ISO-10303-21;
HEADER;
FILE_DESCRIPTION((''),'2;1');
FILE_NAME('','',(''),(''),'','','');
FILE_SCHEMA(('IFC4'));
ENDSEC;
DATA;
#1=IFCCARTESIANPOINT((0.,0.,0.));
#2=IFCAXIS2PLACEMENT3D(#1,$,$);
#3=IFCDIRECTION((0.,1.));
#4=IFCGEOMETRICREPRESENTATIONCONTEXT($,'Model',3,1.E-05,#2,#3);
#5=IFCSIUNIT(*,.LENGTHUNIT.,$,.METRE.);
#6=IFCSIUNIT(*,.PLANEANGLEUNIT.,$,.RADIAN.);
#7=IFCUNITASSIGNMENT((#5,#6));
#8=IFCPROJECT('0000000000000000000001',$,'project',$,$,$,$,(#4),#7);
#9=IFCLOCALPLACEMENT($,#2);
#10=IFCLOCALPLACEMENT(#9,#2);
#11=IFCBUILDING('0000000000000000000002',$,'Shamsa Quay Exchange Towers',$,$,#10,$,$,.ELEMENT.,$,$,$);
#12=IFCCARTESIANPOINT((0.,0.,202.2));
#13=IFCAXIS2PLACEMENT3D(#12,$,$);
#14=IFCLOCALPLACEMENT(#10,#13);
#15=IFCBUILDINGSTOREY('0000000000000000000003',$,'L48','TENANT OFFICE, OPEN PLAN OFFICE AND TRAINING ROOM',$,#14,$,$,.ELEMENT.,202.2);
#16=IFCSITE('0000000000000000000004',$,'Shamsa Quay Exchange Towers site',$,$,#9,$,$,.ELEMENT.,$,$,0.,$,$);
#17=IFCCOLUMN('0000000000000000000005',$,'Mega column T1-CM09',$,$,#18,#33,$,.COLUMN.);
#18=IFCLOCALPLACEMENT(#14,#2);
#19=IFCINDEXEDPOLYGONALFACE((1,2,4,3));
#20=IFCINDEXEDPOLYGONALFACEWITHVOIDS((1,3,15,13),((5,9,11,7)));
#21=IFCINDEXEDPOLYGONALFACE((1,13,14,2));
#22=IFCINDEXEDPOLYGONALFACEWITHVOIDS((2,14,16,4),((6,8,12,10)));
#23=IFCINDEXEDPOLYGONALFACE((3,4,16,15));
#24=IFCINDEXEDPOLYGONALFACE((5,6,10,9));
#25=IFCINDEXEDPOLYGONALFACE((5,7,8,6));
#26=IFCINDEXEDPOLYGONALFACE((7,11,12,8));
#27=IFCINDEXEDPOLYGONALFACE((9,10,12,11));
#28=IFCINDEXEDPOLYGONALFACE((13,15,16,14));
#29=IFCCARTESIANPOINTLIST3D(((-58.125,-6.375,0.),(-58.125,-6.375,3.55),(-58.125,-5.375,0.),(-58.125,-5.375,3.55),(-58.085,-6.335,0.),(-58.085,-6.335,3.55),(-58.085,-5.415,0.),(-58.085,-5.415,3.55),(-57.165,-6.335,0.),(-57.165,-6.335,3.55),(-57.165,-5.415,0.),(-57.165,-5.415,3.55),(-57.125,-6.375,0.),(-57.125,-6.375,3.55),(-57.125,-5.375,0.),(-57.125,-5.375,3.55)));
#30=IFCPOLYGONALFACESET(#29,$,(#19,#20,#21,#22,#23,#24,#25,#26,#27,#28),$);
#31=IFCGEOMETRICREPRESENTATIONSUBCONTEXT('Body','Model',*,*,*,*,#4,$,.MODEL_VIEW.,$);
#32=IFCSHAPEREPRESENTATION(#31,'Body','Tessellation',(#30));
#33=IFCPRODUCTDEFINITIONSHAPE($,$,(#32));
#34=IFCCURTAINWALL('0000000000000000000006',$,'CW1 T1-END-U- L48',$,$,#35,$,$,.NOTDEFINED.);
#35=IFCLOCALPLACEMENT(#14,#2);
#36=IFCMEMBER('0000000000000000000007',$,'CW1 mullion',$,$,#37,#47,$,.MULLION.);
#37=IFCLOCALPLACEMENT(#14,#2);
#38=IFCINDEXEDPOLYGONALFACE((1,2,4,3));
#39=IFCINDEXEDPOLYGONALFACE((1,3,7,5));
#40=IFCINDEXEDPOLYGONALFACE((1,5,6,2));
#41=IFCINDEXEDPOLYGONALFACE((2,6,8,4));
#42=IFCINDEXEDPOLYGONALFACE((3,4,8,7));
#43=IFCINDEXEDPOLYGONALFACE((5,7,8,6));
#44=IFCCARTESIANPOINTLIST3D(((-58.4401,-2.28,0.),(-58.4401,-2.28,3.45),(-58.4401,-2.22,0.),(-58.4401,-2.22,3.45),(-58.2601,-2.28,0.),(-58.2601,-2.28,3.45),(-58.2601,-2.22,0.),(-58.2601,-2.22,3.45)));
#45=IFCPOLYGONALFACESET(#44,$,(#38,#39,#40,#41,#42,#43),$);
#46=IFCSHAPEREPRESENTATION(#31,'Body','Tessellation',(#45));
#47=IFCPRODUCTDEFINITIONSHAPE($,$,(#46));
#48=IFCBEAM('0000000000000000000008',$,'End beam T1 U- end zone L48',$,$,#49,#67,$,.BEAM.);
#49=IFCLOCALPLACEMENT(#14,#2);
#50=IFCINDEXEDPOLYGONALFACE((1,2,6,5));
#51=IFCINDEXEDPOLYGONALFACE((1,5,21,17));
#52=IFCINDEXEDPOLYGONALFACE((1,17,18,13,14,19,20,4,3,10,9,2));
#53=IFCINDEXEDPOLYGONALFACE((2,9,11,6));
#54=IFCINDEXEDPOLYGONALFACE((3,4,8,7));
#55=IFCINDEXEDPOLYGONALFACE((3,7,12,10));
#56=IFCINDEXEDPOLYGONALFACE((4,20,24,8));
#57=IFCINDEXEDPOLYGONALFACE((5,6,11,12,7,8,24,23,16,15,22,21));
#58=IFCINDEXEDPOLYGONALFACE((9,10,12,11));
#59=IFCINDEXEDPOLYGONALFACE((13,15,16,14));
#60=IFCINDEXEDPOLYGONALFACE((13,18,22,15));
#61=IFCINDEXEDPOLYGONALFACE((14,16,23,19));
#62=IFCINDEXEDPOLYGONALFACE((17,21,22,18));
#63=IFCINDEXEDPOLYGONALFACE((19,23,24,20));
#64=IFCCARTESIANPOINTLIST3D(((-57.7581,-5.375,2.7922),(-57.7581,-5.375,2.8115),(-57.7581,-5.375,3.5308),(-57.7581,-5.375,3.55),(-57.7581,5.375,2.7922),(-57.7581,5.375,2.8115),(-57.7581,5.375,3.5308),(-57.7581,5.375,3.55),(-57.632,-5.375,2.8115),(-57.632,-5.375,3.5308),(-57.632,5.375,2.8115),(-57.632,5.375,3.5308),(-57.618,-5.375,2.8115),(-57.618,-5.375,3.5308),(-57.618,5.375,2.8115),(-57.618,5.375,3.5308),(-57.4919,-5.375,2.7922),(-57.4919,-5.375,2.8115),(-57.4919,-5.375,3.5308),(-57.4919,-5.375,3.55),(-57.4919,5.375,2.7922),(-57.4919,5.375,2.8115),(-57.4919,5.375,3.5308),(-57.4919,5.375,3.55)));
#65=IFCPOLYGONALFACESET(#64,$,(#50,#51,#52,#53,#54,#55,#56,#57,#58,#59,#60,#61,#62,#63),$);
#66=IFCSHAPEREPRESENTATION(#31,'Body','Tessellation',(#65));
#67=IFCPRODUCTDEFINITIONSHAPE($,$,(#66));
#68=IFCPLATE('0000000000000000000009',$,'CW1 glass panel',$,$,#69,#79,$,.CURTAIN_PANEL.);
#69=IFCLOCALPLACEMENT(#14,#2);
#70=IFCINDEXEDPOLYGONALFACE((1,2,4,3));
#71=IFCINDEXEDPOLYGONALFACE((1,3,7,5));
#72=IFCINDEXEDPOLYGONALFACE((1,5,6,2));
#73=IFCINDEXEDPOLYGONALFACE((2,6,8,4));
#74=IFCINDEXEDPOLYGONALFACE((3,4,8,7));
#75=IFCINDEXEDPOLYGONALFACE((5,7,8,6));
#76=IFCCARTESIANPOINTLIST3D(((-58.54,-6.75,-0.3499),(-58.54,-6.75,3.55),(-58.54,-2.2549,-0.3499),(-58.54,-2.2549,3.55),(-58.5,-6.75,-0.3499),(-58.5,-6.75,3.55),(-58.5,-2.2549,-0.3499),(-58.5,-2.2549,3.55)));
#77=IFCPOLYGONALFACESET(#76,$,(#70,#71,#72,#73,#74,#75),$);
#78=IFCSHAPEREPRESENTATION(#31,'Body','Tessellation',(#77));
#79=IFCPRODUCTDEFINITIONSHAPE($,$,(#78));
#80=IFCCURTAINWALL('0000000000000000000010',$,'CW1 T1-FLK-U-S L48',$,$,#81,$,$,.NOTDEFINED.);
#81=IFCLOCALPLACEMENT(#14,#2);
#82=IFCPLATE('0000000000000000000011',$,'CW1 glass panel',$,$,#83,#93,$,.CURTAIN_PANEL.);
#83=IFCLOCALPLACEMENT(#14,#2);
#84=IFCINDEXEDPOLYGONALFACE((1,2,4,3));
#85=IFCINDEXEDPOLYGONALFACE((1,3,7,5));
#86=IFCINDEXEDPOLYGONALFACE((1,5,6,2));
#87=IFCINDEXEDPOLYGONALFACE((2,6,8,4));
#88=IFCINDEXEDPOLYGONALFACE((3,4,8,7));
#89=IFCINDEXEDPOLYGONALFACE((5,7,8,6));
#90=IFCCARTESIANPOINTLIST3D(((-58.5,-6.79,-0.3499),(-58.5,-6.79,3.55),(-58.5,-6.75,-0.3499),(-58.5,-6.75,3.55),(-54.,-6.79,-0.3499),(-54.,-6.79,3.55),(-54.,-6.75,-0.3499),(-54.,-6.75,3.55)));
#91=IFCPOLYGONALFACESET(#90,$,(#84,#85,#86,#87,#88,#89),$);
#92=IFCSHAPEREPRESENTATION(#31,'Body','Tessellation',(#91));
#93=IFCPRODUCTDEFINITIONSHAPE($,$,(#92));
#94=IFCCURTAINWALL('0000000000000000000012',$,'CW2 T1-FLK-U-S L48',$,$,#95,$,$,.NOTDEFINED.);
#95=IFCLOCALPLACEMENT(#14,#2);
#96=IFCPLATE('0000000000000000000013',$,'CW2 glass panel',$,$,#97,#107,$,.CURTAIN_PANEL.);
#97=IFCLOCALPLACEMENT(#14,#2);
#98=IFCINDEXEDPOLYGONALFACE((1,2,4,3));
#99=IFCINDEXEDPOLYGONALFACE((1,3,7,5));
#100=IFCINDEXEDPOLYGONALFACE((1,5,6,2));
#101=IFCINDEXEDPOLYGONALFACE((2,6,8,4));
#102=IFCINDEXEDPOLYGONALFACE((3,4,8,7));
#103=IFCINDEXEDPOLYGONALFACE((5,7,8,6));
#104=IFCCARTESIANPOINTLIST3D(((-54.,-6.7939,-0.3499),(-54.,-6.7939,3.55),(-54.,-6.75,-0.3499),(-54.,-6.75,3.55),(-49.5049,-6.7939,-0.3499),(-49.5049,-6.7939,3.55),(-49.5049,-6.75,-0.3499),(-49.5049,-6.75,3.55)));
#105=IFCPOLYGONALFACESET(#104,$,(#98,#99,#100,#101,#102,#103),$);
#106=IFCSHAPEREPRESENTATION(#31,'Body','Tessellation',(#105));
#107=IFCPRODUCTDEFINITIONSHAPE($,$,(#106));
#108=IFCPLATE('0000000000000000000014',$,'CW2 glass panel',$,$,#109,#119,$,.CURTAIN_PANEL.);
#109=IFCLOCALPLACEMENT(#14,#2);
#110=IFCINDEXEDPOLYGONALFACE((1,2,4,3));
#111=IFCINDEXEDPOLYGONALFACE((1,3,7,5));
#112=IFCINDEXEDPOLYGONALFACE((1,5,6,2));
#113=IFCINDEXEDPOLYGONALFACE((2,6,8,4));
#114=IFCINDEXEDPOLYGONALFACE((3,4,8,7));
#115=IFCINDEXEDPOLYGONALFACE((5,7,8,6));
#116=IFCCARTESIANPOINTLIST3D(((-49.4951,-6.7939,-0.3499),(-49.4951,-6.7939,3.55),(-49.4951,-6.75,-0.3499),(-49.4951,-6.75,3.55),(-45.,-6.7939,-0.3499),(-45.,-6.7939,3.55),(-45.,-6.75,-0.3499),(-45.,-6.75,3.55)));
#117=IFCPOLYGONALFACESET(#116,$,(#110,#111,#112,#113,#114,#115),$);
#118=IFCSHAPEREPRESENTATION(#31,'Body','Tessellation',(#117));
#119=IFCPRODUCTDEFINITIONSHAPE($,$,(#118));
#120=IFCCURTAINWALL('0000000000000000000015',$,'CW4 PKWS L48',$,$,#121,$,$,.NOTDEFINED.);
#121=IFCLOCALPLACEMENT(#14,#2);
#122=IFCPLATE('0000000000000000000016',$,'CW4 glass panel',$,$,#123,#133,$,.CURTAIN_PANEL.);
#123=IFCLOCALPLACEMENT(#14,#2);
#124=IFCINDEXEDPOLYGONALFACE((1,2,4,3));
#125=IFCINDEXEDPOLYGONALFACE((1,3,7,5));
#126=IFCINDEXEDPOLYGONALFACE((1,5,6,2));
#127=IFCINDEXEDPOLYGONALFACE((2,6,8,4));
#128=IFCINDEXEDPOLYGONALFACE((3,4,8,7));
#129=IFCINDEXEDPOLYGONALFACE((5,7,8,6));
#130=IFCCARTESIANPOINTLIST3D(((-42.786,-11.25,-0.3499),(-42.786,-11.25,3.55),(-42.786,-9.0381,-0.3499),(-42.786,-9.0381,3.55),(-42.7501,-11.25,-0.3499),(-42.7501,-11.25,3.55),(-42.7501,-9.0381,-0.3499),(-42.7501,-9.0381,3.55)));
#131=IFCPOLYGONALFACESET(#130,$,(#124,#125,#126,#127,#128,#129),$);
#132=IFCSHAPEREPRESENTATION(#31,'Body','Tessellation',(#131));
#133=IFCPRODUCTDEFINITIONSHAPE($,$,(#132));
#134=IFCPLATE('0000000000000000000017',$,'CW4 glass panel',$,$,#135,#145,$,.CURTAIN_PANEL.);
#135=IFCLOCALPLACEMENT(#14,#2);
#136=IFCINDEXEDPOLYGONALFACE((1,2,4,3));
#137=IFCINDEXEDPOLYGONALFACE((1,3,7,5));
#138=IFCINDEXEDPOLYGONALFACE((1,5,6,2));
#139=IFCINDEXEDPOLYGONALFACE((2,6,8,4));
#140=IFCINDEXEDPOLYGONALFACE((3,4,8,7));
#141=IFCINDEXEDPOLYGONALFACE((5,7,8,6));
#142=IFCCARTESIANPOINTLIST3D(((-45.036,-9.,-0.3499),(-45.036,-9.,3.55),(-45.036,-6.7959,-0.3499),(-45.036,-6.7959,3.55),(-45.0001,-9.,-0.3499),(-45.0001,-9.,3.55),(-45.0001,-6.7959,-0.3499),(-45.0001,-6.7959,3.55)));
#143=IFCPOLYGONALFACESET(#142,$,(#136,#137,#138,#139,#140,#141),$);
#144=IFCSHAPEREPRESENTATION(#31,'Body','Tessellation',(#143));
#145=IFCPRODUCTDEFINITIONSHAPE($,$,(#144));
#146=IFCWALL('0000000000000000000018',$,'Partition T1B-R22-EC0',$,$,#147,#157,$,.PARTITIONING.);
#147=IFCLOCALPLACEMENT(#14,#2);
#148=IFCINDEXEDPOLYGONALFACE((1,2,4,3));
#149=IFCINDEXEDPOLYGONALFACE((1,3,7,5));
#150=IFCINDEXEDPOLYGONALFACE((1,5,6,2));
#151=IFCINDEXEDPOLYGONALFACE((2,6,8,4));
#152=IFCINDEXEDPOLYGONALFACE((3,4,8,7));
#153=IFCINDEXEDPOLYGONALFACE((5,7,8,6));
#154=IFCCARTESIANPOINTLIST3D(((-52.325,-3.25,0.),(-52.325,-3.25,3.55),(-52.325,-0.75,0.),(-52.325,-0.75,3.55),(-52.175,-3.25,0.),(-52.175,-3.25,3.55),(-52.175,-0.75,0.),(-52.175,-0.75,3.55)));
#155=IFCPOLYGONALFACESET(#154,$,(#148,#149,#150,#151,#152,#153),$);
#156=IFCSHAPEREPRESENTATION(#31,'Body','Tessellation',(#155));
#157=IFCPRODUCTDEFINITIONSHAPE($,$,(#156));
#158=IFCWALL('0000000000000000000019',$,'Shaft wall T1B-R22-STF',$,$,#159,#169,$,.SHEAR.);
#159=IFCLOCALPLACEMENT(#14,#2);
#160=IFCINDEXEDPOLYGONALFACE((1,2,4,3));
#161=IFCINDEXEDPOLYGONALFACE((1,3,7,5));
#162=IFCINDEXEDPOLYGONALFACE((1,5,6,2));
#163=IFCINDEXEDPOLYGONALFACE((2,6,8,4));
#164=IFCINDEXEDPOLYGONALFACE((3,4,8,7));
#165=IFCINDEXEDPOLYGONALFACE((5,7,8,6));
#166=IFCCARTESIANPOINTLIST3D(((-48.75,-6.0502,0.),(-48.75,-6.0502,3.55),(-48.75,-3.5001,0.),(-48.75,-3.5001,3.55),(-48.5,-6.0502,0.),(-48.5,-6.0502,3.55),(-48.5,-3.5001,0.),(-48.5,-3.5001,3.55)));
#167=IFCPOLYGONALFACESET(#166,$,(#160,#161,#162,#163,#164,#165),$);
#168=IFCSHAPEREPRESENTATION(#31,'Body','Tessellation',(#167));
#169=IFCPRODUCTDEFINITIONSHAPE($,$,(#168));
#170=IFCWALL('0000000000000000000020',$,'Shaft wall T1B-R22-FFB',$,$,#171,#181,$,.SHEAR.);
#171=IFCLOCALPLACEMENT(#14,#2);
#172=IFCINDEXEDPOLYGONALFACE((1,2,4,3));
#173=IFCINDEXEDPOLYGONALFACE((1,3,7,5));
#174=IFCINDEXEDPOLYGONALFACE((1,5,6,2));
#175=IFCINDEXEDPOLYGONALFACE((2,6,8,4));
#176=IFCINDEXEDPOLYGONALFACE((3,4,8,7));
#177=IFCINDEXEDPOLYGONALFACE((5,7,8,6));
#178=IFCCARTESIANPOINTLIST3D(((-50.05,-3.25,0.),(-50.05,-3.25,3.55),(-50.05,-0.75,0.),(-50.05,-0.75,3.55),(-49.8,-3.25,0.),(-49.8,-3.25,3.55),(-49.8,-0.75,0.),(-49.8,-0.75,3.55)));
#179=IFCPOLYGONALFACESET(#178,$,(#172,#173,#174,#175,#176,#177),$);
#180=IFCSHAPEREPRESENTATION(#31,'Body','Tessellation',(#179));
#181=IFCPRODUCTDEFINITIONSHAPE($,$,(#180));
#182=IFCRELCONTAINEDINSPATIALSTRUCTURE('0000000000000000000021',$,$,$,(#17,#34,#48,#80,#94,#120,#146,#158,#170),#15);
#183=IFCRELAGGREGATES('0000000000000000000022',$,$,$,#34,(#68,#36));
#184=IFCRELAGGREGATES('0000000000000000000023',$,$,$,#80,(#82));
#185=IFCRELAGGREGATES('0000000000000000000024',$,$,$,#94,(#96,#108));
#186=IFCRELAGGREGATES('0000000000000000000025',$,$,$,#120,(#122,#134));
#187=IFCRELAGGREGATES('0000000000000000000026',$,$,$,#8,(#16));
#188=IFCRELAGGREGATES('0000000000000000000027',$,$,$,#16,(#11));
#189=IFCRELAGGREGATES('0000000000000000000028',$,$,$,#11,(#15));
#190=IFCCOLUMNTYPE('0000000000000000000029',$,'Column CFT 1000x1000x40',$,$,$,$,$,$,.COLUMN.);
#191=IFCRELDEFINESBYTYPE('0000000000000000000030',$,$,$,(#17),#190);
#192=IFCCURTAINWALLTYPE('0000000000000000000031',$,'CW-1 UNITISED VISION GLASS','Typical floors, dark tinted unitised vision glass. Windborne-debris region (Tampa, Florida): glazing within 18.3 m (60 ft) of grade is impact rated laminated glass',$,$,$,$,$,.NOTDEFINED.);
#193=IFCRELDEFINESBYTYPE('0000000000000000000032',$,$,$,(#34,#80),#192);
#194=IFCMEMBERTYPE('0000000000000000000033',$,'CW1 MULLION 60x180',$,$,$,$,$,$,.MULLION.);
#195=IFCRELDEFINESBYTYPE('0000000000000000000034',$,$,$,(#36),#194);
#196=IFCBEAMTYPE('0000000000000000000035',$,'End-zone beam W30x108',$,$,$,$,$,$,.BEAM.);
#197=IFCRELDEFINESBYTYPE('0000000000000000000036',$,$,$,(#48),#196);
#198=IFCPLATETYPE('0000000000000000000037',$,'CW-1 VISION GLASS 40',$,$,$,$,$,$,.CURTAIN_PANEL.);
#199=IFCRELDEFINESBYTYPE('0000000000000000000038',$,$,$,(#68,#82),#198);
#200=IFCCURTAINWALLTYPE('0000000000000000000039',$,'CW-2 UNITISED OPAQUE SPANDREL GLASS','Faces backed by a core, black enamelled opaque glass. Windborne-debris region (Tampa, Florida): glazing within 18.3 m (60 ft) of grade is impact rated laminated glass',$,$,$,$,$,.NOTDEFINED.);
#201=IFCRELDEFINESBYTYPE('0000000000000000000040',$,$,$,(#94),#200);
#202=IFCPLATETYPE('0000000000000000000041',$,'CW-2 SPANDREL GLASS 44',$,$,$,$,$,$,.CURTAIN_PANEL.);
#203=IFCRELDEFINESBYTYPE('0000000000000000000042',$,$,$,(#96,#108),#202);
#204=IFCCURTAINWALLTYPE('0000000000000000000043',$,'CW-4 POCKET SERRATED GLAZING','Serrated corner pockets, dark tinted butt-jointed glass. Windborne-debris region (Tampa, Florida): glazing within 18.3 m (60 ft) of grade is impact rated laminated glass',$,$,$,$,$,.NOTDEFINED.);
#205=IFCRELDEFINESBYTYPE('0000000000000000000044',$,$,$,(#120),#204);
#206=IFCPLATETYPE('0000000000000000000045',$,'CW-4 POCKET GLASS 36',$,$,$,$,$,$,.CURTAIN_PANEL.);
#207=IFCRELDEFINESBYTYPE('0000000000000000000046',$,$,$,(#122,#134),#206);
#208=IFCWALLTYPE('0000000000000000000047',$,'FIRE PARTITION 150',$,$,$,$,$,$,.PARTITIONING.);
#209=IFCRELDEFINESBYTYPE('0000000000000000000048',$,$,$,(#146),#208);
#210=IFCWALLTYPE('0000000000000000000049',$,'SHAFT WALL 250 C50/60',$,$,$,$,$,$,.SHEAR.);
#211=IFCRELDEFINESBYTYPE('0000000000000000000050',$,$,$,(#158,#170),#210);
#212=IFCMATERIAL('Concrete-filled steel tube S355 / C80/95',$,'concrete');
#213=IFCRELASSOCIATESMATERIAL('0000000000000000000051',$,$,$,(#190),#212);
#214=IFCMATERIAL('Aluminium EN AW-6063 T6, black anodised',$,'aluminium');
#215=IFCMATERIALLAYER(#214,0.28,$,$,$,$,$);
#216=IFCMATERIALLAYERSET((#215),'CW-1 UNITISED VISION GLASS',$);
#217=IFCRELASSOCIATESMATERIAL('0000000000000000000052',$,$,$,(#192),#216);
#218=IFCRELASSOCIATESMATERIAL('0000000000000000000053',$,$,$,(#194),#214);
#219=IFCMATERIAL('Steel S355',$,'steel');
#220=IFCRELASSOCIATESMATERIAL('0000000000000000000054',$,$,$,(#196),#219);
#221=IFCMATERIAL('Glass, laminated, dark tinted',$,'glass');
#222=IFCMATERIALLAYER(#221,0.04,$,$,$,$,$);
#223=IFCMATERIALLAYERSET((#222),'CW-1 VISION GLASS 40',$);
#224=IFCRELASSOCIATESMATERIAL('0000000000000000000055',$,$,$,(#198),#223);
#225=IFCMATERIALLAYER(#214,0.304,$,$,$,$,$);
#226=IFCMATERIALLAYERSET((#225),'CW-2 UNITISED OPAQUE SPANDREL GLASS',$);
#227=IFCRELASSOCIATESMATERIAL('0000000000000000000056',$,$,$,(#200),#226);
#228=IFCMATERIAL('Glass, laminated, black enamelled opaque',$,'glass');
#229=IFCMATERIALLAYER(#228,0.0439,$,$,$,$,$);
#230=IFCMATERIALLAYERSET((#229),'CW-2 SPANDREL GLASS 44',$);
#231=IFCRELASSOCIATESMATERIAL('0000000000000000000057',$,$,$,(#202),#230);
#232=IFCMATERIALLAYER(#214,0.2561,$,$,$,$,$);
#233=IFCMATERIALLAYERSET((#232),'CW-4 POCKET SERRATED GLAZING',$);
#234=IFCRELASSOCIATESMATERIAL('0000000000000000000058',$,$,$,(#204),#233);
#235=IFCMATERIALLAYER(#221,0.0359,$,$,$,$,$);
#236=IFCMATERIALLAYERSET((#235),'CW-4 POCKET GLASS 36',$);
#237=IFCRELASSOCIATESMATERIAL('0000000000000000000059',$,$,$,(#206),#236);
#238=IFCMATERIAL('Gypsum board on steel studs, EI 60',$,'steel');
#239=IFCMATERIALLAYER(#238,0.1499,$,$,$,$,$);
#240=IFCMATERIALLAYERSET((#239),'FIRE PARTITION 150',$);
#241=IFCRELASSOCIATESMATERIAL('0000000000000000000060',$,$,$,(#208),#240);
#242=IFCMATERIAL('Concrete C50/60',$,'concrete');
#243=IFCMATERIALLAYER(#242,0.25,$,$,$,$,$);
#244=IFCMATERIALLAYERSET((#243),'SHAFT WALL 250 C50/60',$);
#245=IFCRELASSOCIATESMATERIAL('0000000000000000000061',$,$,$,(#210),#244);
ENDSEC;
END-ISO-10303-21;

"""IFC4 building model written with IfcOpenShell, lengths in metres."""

from ifc_helpers import new_model, si_unit, direction, frame, frame_2d, origin, origin_2d, place, context, subcontext, project, spatial, rectangle, hollow_rectangle, i_section, extrude, material, layer, layer_set, material_profile, profile_set, type_object, element, aggregate, save


model = new_model("IFC4")

# Units and contexts
model_context = context("Model", 3, precision=1e-05, world=origin(), true_north=direction((0.0, 1.0)))
body_context = subcontext(model_context, "Body", "Model", "MODEL_VIEW")
ifc_project = project(units=[si_unit("LENGTHUNIT", "METRE"), si_unit("PLANEANGLEUNIT", "RADIAN")], contexts=[model_context])

# Site, building, storey
site_placement = place(None, origin())
site = spatial("IfcSite", under=ifc_project, at=site_placement, Name="Shamsa Quay Exchange Towers site", CompositionType="ELEMENT", RefElevation=0.0)
building_placement = place(site_placement, origin())
building = spatial("IfcBuilding", under=site, at=building_placement, Name="Shamsa Quay Exchange Towers", CompositionType="ELEMENT")
storey_placement = place(building_placement, frame((0.0, 0.0, 202.2)))
storey = spatial("IfcBuildingStorey", under=building, at=storey_placement, Name="L48", Description="TENANT OFFICE, OPEN PLAN OFFICE AND TRAINING ROOM", CompositionType="ELEMENT", Elevation=202.2)

# Column
ifc_material_1 = material(Name="Concrete-filled steel tube S355 / C80/95", Category="concrete")
ifc_material_profile_1 = material_profile(ifc_material_1, hollow_rectangle(XDim=1.0, YDim=1.0, WallThickness=0.04, at=origin_2d()), Name="CFT 1000x1000x40")
ifc_profile_set_1 = profile_set([ifc_material_profile_1], Name="Concrete-filled steel tube S355 / C80/95")
column_type = type_object("IfcColumnType", Name="Column CFT 1000x1000x40", PredefinedType="COLUMN", material=ifc_profile_set_1)
column_placement = place(storey_placement, frame((-57.625, -5.875, 0.0)))
element("IfcColumn", 1, at=column_placement, inside=storey, type_object=column_type, Name="Mega column T1-CM09", PredefinedType="COLUMN", context=body_context, shape_type="SweptSolid", body=[
    extrude(hollow_rectangle(XDim=1.0, YDim=1.0, WallThickness=0.04, at=origin_2d()), origin(), (0.0, 0.0, 1.0), 3.55),
])

# Curtain wall, member
ifc_material_2 = material(Name="Aluminium EN AW-6063 T6, black anodised", Category="aluminium")
ifc_layer_1 = layer(ifc_material_2, 0.28)
ifc_layer_set_1 = layer_set([ifc_layer_1], Name="CW-1 UNITISED VISION GLASS")
curtain_wall_type_1 = type_object("IfcCurtainWallType", Name="CW-1 UNITISED VISION GLASS", Description="Typical floors, dark tinted unitised vision glass. Windborne-debris region (Tampa, Florida): glazing within 18.3 m (60 ft) of grade is impact rated laminated glass", PredefinedType="NOTDEFINED", material=ifc_layer_set_1)
curtain_wall_1_placement = place(storey_placement, origin())
curtain_wall_1 = element("IfcCurtainWall", 2, at=curtain_wall_1_placement, inside=storey, type_object=curtain_wall_type_1, Name="CW1 T1-END-U- L48", PredefinedType="NOTDEFINED")
ifc_material_profile_2 = material_profile(ifc_material_2, rectangle(XDim=0.1799, YDim=0.0601, at=origin_2d()), Name="MU60x180")
ifc_profile_set_2 = profile_set([ifc_material_profile_2], Name="Aluminium EN AW-6063 T6, black anodised")
member_type = type_object("IfcMemberType", Name="CW1 MULLION 60x180", PredefinedType="MULLION", material=ifc_profile_set_2)
member_placement = place(storey_placement, frame((-58.3501, -2.25, 0.0)))
member = element("IfcMember", 3, at=member_placement, type_object=member_type, Name="CW1 mullion", PredefinedType="MULLION", context=body_context, shape_type="SweptSolid", body=[
    extrude(rectangle(XDim=0.1799, YDim=0.0601, at=origin_2d()), origin(), (0.0, 0.0, 1.0), 3.45),
])

# Beam
ifc_material_3 = material(Name="Steel S355", Category="steel")
ifc_material_profile_3 = material_profile(ifc_material_3, i_section(OverallWidth=0.2661, OverallDepth=0.7578, WebThickness=0.0139, FlangeThickness=0.0193, at=origin_2d()), Name="W30x108")
ifc_profile_set_3 = profile_set([ifc_material_profile_3], Name="Steel S355")
beam_type = type_object("IfcBeamType", Name="End-zone beam W30x108", PredefinedType="BEAM", material=ifc_profile_set_3)
beam_placement = place(storey_placement, frame((-57.625, -5.375, 3.1711), z_axis=(0.0, 1.0, 0.0), x_axis=(-1.0, 0.0, 0.0)))
element("IfcBeam", 4, at=beam_placement, inside=storey, type_object=beam_type, Name="End beam T1 U- end zone L48", PredefinedType="BEAM", context=body_context, shape_type="SweptSolid", body=[
    extrude(i_section(OverallWidth=0.2661, OverallDepth=0.7578, WebThickness=0.0139, FlangeThickness=0.0193, at=origin_2d()), origin(), (0.0, 0.0, 1.0), 10.75),
])

# Plate
ifc_material_4 = material(Name="Glass, laminated, dark tinted", Category="glass")
ifc_layer_2 = layer(ifc_material_4, 0.04)
ifc_layer_set_2 = layer_set([ifc_layer_2], Name="CW-1 VISION GLASS 40")
plate_type_1 = type_object("IfcPlateType", Name="CW-1 VISION GLASS 40", PredefinedType="CURTAIN_PANEL", material=ifc_layer_set_2)
plate_1_placement = place(storey_placement, frame((-58.52, -4.5024, -0.3499), z_axis=(0.0, 0.0, 1.0), x_axis=(0.0, -1.0, 0.0)))
plate_1 = element("IfcPlate", 5, at=plate_1_placement, type_object=plate_type_1, Name="CW1 glass panel", PredefinedType="CURTAIN_PANEL", context=body_context, shape_type="SweptSolid", body=[
    extrude(rectangle(XDim=4.4951, YDim=0.04, at=origin_2d()), origin(), (0.0, 0.0, 1.0), 3.8999),
])
aggregate(curtain_wall_1, [plate_1, member])

# Curtain wall, plate
curtain_wall_2_placement = place(storey_placement, origin())
curtain_wall_2 = element("IfcCurtainWall", 6, at=curtain_wall_2_placement, inside=storey, type_object=curtain_wall_type_1, Name="CW1 T1-FLK-U-S L48", PredefinedType="NOTDEFINED")
plate_2_placement = place(storey_placement, frame((-56.25, -6.77, -0.3499)))
plate_2 = element("IfcPlate", 7, at=plate_2_placement, type_object=plate_type_1, Name="CW1 glass panel", PredefinedType="CURTAIN_PANEL", context=body_context, shape_type="SweptSolid", body=[
    extrude(rectangle(XDim=4.5, YDim=0.04, at=origin_2d()), origin(), (0.0, 0.0, 1.0), 3.8999),
])
aggregate(curtain_wall_2, [plate_2])

# Curtain walls, plates
ifc_layer_3 = layer(ifc_material_2, 0.304)
ifc_layer_set_3 = layer_set([ifc_layer_3], Name="CW-2 UNITISED OPAQUE SPANDREL GLASS")
curtain_wall_type_2 = type_object("IfcCurtainWallType", Name="CW-2 UNITISED OPAQUE SPANDREL GLASS", Description="Faces backed by a core, black enamelled opaque glass. Windborne-debris region (Tampa, Florida): glazing within 18.3 m (60 ft) of grade is impact rated laminated glass", PredefinedType="NOTDEFINED", material=ifc_layer_set_3)
curtain_wall_3_placement = place(storey_placement, origin())
curtain_wall_3 = element("IfcCurtainWall", 8, at=curtain_wall_3_placement, inside=storey, type_object=curtain_wall_type_2, Name="CW2 T1-FLK-U-S L48", PredefinedType="NOTDEFINED")
ifc_material_5 = material(Name="Glass, laminated, black enamelled opaque", Category="glass")
ifc_layer_4 = layer(ifc_material_5, 0.0439)
ifc_layer_set_4 = layer_set([ifc_layer_4], Name="CW-2 SPANDREL GLASS 44")
plate_type_2 = type_object("IfcPlateType", Name="CW-2 SPANDREL GLASS 44", PredefinedType="CURTAIN_PANEL", material=ifc_layer_set_4)
plate_3_placement = place(storey_placement, frame((-51.7524, -6.772, -0.3499)))
plate_3 = element("IfcPlate", 9, at=plate_3_placement, type_object=plate_type_2, Name="CW2 glass panel", PredefinedType="CURTAIN_PANEL", context=body_context, shape_type="SweptSolid", body=[
    extrude(rectangle(XDim=4.4951, YDim=0.0439, at=origin_2d()), origin(), (0.0, 0.0, 1.0), 3.8999),
])
plate_4_placement = place(storey_placement, frame((-47.2476, -6.772, -0.3499)))
plate_4 = element("IfcPlate", 10, at=plate_4_placement, type_object=plate_type_2, Name="CW2 glass panel", PredefinedType="CURTAIN_PANEL", context=body_context, shape_type="SweptSolid", body=[
    extrude(rectangle(XDim=4.4951, YDim=0.0439, at=origin_2d()), origin(), (0.0, 0.0, 1.0), 3.8999),
])
aggregate(curtain_wall_3, [plate_3, plate_4])
ifc_layer_5 = layer(ifc_material_2, 0.2561)
ifc_layer_set_5 = layer_set([ifc_layer_5], Name="CW-4 POCKET SERRATED GLAZING")
curtain_wall_type_3 = type_object("IfcCurtainWallType", Name="CW-4 POCKET SERRATED GLAZING", Description="Serrated corner pockets, dark tinted butt-jointed glass. Windborne-debris region (Tampa, Florida): glazing within 18.3 m (60 ft) of grade is impact rated laminated glass", PredefinedType="NOTDEFINED", material=ifc_layer_set_5)
curtain_wall_4_placement = place(storey_placement, origin())
curtain_wall_4 = element("IfcCurtainWall", 11, at=curtain_wall_4_placement, inside=storey, type_object=curtain_wall_type_3, Name="CW4 PKWS L48", PredefinedType="NOTDEFINED")
ifc_layer_6 = layer(ifc_material_4, 0.0359)
ifc_layer_set_6 = layer_set([ifc_layer_6], Name="CW-4 POCKET GLASS 36")
plate_type_3 = type_object("IfcPlateType", Name="CW-4 POCKET GLASS 36", PredefinedType="CURTAIN_PANEL", material=ifc_layer_set_6)
plate_5_placement = place(storey_placement, frame((-42.7681, -10.144, -0.3499), z_axis=(0.0, 0.0, 1.0), x_axis=(0.0, -1.0, 0.0)))
plate_5 = element("IfcPlate", 12, at=plate_5_placement, type_object=plate_type_3, Name="CW4 glass panel", PredefinedType="CURTAIN_PANEL", context=body_context, shape_type="SweptSolid", body=[
    extrude(rectangle(XDim=2.2119, YDim=0.0359, at=origin_2d()), origin(), (0.0, 0.0, 1.0), 3.8999),
])
plate_6_placement = place(storey_placement, frame((-45.0181, -7.8979, -0.3499), z_axis=(0.0, 0.0, 1.0), x_axis=(0.0, -1.0, 0.0)))
plate_6 = element("IfcPlate", 13, at=plate_6_placement, type_object=plate_type_3, Name="CW4 glass panel", PredefinedType="CURTAIN_PANEL", context=body_context, shape_type="SweptSolid", body=[
    extrude(rectangle(XDim=2.2041, YDim=0.0359, at=origin_2d()), origin(), (0.0, 0.0, 1.0), 3.8999),
])
aggregate(curtain_wall_4, [plate_5, plate_6])

# Walls
ifc_material_6 = material(Name="Gypsum board on steel studs, EI 60", Category="steel")
ifc_layer_7 = layer(ifc_material_6, 0.1499)
ifc_layer_set_7 = layer_set([ifc_layer_7], Name="FIRE PARTITION 150")
wall_type_1 = type_object("IfcWallType", Name="FIRE PARTITION 150", PredefinedType="PARTITIONING", material=ifc_layer_set_7)
wall_1_placement = place(storey_placement, frame((-52.25, -3.25, 0.0), z_axis=(0.0, 0.0, 1.0), x_axis=(0.0, 1.0, 0.0)))
element("IfcWall", 14, at=wall_1_placement, inside=storey, type_object=wall_type_1, Name="Partition T1B-R22-EC0", PredefinedType="PARTITIONING", context=body_context, shape_type="SweptSolid", body=[
    extrude(rectangle(XDim=2.5, YDim=0.1499, at=frame_2d((1.25, 0.0))), origin(), (0.0, 0.0, 1.0), 3.55),
])
ifc_material_7 = material(Name="Concrete C50/60", Category="concrete")
ifc_layer_8 = layer(ifc_material_7, 0.25)
ifc_layer_set_8 = layer_set([ifc_layer_8], Name="SHAFT WALL 250 C50/60")
wall_type_2 = type_object("IfcWallType", Name="SHAFT WALL 250 C50/60", PredefinedType="SHEAR", material=ifc_layer_set_8)
wall_2_placement = place(storey_placement, frame((-48.625, -6.05, 0.0), z_axis=(0.0, 0.0, 1.0), x_axis=(0.0, 1.0, 0.0)))
element("IfcWall", 15, at=wall_2_placement, inside=storey, type_object=wall_type_2, Name="Shaft wall T1B-R22-STF", PredefinedType="SHEAR", context=body_context, shape_type="SweptSolid", body=[
    extrude(rectangle(XDim=2.55, YDim=0.25, at=frame_2d((1.2749, 0.0))), origin(), (0.0, 0.0, 1.0), 3.55),
])

# Wall
wall_3_placement = place(storey_placement, frame((-49.925, -3.25, 0.0), z_axis=(0.0, 0.0, 1.0), x_axis=(0.0, 1.0, 0.0)))
element("IfcWall", 16, at=wall_3_placement, inside=storey, type_object=wall_type_2, Name="Shaft wall T1B-R22-FFB", PredefinedType="SHEAR", context=body_context, shape_type="SweptSolid", body=[
    extrude(rectangle(XDim=2.5, YDim=0.25, at=frame_2d((1.25, 0.0))), origin(), (0.0, 0.0, 1.0), 3.55),
])

save(model, "model.ifc")
